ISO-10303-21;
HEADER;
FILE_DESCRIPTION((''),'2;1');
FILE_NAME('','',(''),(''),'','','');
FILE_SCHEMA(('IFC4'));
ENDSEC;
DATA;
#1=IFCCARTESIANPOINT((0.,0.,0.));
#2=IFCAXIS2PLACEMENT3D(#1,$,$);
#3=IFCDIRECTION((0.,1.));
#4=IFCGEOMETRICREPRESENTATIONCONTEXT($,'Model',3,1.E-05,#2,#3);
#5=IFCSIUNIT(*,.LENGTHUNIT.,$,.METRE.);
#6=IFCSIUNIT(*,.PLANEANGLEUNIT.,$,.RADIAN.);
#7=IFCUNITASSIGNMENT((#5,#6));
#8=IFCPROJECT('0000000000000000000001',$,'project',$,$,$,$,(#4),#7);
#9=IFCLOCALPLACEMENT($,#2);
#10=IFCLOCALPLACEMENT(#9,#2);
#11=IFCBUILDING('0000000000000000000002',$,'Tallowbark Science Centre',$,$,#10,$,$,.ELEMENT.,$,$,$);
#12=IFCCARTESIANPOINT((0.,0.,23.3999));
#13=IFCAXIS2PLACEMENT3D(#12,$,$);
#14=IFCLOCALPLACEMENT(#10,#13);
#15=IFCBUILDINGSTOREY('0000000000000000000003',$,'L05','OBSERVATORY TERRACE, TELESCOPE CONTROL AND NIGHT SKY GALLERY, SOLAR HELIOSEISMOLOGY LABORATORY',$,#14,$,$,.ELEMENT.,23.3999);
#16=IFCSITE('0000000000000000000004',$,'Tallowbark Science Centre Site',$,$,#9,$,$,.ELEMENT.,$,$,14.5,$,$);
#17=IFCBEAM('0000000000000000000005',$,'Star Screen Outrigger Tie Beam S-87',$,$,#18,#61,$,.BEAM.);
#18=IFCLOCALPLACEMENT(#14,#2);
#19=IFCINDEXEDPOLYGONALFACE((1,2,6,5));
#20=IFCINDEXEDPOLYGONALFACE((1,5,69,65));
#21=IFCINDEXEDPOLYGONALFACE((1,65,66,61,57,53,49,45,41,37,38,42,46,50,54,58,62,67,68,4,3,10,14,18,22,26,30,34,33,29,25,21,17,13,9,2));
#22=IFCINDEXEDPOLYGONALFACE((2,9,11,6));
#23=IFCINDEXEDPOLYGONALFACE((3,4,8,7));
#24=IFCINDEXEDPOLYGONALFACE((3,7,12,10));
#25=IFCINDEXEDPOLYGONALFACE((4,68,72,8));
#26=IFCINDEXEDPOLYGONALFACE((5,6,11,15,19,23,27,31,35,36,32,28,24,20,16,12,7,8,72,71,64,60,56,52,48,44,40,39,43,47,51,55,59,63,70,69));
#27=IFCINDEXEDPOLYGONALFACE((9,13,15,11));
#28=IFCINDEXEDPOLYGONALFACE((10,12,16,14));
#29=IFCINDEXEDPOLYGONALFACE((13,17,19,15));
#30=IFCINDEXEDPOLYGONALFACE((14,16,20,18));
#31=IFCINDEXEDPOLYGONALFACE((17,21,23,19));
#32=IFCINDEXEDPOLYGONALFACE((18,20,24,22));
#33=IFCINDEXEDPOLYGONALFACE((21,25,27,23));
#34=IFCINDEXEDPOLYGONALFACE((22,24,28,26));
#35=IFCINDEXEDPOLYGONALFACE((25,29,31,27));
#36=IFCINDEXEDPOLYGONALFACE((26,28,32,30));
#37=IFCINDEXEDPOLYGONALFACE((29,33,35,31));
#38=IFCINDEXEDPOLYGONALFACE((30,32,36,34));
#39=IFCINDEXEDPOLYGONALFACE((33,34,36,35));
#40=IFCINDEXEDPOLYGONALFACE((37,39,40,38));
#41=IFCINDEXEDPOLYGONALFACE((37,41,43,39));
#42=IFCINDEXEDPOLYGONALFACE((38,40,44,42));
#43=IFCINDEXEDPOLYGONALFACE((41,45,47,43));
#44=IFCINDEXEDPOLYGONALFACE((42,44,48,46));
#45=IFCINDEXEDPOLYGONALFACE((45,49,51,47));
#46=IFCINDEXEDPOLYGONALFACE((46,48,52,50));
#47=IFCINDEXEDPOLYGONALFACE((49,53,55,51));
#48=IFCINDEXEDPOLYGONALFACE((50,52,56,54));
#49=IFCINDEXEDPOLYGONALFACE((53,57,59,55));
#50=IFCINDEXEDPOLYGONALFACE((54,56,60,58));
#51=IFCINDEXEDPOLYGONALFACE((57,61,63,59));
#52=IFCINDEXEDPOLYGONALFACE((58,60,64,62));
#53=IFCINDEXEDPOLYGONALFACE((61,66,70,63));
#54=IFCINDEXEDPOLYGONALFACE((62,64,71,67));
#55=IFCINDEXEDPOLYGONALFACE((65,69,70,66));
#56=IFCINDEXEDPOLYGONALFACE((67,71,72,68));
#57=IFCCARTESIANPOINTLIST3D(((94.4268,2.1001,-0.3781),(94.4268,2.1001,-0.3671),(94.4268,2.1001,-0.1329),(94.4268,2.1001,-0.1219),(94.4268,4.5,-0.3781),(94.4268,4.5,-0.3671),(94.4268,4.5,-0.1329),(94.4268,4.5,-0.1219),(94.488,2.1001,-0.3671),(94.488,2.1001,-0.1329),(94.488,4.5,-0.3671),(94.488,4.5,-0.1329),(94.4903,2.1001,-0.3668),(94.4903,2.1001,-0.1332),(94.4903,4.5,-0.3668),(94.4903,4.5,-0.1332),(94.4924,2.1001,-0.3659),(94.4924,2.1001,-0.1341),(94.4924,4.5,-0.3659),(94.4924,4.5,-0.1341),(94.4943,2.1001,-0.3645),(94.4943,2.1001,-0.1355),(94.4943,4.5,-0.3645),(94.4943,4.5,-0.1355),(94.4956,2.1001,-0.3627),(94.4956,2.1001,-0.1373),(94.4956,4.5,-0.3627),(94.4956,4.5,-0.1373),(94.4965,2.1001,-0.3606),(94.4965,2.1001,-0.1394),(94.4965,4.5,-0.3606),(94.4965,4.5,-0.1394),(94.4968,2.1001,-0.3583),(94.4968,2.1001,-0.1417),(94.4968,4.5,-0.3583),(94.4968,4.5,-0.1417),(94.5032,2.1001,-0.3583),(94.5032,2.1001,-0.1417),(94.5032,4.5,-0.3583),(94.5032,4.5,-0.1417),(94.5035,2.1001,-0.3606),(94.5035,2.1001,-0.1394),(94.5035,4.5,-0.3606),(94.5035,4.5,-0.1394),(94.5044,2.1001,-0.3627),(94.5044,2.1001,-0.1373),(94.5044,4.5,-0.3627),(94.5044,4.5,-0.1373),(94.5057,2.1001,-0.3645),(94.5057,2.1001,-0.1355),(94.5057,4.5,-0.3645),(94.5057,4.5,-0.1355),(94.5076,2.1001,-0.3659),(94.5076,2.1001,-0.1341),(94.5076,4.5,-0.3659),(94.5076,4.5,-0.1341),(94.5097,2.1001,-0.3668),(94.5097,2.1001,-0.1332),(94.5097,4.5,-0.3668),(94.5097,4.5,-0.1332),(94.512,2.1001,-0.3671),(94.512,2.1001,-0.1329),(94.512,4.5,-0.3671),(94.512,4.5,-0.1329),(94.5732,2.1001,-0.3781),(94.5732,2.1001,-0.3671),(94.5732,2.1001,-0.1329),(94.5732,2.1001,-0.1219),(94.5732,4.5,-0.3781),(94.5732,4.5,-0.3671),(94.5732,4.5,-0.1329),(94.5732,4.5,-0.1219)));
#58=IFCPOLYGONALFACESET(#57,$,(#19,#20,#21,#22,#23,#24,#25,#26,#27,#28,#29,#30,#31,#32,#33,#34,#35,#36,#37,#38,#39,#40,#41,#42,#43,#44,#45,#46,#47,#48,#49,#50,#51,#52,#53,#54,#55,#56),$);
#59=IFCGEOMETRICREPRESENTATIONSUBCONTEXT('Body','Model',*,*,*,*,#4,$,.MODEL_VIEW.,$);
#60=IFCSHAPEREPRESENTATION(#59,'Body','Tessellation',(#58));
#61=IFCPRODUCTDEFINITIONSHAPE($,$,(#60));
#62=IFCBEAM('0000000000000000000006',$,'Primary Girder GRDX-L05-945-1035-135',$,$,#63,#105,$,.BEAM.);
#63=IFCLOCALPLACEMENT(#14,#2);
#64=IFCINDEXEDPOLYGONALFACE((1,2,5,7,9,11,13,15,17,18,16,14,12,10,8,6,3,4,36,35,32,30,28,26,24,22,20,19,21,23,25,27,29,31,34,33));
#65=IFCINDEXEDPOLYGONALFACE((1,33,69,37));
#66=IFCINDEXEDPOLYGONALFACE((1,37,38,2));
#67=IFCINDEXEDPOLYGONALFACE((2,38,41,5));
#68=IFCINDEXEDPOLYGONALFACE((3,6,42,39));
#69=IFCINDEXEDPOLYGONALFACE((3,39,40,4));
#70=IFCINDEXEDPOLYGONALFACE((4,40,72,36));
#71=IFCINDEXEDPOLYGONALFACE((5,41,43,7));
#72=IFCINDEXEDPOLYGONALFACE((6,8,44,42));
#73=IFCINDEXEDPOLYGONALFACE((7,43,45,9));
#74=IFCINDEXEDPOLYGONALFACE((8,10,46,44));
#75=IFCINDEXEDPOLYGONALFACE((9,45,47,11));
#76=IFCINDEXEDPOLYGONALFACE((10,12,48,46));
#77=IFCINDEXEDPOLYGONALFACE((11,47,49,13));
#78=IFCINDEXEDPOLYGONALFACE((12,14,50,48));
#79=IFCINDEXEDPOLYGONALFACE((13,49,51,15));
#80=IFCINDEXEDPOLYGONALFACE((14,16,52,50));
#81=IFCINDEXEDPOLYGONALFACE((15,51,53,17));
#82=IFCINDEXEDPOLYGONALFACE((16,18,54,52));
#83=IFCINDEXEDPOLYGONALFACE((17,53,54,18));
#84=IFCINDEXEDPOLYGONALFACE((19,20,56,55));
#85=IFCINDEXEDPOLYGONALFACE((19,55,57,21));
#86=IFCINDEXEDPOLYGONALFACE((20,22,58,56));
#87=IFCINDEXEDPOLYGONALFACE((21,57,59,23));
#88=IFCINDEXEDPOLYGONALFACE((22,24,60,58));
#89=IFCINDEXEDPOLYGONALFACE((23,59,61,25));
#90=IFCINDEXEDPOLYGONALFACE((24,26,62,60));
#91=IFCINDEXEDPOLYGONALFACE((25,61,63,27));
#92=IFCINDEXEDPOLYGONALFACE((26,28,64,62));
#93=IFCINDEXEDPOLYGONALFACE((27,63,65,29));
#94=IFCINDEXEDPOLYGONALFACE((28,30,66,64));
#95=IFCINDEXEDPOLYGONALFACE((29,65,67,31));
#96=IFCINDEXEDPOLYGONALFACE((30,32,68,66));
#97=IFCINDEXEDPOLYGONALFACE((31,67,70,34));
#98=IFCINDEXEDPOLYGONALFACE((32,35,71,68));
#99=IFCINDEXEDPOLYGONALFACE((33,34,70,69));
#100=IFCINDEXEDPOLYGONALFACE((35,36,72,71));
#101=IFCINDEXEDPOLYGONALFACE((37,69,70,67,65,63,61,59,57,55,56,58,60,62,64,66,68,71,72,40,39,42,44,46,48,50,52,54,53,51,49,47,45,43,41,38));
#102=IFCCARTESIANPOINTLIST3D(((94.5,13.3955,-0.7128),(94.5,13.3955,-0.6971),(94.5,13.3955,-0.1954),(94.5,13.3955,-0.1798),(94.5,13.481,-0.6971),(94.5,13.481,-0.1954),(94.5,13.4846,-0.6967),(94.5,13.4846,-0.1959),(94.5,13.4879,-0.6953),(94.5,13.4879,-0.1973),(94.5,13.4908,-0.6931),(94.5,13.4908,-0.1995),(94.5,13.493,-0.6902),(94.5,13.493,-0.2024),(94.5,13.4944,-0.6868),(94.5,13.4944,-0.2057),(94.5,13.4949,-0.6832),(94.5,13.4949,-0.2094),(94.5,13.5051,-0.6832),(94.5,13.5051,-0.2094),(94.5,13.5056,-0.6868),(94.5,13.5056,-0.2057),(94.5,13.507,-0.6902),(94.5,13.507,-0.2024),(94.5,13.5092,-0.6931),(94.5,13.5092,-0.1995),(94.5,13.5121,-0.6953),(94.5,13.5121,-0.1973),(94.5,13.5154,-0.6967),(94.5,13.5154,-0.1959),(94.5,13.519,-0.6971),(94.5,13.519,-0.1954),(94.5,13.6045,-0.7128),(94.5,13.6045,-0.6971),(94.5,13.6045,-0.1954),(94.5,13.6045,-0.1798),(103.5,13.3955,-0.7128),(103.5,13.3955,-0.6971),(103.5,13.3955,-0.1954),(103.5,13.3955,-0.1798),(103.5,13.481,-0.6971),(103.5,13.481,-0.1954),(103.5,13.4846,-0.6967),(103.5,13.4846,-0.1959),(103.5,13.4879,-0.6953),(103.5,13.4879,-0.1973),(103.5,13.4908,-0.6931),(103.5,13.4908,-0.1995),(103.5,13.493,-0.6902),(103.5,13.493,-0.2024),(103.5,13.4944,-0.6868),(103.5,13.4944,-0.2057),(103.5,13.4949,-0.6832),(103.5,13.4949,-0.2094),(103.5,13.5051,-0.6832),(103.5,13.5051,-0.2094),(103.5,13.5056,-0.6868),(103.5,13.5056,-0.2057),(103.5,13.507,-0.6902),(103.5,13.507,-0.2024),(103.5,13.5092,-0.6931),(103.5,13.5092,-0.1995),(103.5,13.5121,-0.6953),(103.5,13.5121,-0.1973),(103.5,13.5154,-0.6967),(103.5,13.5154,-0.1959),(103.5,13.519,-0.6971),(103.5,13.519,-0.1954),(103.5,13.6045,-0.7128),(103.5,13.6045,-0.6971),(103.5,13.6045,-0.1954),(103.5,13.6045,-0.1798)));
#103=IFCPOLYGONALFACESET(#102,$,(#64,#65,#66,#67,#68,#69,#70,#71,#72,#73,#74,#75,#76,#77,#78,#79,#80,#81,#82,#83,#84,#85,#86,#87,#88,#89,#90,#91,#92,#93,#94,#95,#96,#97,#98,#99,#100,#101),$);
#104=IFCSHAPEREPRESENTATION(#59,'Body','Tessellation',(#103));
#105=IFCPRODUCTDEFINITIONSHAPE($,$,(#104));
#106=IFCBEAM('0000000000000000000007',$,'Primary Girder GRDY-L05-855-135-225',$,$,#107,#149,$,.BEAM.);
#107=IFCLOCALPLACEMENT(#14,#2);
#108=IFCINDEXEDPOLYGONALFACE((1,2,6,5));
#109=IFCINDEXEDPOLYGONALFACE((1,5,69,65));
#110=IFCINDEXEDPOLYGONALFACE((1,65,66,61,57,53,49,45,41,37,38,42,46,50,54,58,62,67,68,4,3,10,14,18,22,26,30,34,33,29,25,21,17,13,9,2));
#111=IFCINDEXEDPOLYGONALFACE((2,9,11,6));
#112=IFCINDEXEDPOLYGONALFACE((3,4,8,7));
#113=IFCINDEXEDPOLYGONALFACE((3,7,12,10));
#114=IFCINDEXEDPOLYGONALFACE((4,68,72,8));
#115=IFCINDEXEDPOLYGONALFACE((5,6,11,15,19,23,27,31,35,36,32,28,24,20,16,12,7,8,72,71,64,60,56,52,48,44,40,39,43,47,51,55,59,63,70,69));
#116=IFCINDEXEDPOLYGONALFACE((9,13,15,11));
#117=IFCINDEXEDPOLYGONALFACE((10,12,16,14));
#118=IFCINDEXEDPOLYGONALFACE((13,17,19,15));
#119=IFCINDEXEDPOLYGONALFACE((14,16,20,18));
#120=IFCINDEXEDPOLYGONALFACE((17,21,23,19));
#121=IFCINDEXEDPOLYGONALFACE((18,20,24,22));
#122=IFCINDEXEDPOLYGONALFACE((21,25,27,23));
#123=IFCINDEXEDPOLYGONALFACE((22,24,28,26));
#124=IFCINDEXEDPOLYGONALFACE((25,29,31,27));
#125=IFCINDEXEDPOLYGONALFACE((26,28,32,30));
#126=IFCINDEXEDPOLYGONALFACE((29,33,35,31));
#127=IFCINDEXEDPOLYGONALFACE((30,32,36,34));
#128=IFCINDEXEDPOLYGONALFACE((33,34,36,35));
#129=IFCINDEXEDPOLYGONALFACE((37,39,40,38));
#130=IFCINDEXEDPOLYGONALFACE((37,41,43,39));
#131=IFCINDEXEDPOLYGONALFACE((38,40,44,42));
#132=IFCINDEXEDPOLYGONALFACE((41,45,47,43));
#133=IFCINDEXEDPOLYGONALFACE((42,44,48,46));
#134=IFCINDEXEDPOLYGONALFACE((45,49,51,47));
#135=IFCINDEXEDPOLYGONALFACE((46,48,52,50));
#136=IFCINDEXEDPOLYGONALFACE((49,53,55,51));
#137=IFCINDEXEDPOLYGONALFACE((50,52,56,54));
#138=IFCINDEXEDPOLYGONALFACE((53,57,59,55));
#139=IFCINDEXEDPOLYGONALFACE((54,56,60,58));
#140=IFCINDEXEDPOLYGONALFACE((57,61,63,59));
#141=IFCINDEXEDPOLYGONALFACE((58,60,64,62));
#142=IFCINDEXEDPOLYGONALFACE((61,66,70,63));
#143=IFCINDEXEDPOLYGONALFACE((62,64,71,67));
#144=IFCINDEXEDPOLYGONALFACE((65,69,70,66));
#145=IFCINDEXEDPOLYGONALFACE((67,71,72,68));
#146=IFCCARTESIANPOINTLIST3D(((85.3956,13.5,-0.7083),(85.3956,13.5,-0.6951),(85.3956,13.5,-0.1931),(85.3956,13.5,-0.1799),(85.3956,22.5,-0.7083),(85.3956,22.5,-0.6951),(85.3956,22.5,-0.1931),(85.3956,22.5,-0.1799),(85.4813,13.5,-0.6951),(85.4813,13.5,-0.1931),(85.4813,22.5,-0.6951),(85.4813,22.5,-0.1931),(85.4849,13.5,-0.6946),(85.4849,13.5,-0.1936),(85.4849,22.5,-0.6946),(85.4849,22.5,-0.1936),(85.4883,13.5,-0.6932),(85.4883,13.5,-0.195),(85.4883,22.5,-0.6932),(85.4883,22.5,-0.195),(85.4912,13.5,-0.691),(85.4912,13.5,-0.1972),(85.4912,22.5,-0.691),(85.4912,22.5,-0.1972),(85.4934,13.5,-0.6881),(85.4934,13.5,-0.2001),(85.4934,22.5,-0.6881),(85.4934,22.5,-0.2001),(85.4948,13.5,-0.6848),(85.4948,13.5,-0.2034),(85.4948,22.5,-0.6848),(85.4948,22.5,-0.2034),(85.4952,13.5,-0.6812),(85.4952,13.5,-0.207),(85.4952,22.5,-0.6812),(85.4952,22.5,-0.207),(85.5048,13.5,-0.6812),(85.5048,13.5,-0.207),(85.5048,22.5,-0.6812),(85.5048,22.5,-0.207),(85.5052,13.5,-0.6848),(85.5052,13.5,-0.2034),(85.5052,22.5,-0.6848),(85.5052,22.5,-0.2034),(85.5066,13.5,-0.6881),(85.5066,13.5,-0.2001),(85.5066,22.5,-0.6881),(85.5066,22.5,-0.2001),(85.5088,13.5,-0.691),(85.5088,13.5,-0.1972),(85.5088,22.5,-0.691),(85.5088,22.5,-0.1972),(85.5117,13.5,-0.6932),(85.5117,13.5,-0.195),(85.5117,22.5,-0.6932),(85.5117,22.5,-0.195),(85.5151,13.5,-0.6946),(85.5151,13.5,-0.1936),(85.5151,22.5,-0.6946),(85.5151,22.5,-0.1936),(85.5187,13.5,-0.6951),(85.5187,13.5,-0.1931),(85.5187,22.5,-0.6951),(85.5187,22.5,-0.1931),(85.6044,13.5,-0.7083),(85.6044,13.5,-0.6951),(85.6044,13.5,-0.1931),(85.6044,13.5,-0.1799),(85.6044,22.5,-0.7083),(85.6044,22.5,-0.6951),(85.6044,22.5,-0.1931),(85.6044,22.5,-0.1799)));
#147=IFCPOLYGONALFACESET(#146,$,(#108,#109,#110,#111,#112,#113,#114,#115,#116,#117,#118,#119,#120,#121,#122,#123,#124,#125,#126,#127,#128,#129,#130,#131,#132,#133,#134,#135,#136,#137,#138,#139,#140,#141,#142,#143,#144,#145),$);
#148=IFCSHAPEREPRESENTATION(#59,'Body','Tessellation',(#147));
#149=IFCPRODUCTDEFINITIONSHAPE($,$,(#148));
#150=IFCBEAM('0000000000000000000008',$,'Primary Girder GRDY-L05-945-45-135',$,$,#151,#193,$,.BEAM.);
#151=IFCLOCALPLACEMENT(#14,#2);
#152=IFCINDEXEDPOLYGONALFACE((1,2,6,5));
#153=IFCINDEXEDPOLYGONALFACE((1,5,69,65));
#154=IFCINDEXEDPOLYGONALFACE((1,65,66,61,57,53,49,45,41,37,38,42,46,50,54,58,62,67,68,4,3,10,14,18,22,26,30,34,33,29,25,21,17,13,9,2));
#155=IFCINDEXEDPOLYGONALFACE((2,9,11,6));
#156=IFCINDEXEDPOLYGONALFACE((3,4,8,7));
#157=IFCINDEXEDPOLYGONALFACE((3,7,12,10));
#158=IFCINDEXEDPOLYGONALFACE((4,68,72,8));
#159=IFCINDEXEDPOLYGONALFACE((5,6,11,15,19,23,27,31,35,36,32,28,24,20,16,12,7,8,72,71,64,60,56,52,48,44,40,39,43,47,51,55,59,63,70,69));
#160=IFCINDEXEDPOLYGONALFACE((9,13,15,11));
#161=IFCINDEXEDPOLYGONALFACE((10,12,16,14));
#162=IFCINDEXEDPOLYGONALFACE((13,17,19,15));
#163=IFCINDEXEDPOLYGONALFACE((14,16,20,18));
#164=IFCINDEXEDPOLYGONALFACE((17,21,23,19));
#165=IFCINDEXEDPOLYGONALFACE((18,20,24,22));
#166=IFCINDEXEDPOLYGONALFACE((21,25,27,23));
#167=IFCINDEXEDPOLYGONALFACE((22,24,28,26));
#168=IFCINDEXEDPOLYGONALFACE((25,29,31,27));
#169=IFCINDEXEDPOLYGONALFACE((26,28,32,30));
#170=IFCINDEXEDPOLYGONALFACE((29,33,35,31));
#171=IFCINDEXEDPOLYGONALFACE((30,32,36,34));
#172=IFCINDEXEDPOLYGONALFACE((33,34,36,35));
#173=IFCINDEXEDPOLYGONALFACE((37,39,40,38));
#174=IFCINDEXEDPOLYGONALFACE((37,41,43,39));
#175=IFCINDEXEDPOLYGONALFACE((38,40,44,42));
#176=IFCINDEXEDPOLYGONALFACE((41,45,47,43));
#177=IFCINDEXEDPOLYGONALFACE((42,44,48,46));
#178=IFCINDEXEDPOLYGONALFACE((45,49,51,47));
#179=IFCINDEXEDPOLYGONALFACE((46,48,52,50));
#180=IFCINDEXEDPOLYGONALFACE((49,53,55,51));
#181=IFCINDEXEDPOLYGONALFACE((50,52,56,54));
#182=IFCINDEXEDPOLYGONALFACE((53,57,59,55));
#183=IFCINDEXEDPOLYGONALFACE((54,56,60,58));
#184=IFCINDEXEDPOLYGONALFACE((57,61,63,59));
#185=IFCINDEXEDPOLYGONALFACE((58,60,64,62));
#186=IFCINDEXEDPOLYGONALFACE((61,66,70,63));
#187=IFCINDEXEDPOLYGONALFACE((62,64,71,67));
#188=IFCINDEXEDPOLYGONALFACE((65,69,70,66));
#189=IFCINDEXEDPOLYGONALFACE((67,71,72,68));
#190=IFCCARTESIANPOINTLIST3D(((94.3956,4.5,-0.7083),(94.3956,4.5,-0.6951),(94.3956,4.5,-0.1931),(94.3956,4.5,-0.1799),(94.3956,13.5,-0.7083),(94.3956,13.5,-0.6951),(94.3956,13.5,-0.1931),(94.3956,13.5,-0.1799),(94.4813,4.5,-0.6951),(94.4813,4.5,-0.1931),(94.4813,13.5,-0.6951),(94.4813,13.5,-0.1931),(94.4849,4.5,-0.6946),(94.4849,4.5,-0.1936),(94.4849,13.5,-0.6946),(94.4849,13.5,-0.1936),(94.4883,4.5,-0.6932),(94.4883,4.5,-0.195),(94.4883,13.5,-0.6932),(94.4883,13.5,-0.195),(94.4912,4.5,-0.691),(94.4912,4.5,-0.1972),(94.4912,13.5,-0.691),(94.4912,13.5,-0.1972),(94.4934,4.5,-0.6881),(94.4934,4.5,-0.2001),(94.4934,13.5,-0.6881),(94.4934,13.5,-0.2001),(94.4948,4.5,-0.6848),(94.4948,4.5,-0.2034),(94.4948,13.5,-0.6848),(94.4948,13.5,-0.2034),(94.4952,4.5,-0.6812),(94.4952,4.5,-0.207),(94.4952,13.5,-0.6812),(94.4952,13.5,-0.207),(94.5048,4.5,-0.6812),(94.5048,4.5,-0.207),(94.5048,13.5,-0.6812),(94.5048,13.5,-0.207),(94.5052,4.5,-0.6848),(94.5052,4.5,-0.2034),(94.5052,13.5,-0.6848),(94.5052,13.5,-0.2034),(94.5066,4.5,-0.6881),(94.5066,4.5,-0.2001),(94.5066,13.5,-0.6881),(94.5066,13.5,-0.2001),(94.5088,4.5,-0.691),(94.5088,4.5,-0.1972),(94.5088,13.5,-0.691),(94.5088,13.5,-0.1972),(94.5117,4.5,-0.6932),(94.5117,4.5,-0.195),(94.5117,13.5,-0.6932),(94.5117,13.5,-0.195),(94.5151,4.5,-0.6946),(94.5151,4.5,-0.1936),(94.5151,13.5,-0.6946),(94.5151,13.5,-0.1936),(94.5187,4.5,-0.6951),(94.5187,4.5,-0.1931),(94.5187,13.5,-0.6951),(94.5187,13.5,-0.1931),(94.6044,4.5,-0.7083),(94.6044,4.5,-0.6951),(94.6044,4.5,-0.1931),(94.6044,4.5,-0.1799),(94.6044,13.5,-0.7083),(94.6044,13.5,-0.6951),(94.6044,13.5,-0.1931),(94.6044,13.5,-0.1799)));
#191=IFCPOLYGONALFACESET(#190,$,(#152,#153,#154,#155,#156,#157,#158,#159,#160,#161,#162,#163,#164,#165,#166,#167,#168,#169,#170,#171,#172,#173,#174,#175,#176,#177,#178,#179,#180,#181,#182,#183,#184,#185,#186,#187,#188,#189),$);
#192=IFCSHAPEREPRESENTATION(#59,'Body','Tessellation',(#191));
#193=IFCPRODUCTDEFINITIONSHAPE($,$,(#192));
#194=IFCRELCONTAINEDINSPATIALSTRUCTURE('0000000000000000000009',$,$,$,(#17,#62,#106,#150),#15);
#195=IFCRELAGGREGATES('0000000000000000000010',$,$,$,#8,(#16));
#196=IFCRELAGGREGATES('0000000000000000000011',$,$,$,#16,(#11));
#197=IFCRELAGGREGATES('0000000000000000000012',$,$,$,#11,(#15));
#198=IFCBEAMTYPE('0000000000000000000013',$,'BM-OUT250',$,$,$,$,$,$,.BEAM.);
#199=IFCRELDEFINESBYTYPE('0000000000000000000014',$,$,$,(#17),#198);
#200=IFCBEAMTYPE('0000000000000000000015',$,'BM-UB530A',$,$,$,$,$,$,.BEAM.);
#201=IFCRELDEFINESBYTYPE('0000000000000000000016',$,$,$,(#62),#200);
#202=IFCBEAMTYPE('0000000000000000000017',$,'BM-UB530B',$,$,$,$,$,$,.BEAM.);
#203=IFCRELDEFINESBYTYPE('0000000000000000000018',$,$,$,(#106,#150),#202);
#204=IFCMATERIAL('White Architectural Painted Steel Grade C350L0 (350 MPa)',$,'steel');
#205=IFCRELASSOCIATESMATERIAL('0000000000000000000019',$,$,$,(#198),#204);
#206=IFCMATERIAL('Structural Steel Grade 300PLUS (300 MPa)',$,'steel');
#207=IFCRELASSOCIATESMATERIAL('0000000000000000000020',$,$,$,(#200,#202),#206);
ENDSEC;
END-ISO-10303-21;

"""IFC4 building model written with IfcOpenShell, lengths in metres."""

from ifc_helpers import new_model, si_unit, direction, frame, origin, origin_2d, place, context, subcontext, project, spatial, i_section, extrude, material, material_profile, profile_set, type_object, element, save


model = new_model("IFC4")

# Units and contexts
model_context = context("Model", 3, precision=1e-05, world=origin(), true_north=direction((0.0, 1.0)))
body_context = subcontext(model_context, "Body", "Model", "MODEL_VIEW")
ifc_project = project(units=[si_unit("LENGTHUNIT", "METRE"), si_unit("PLANEANGLEUNIT", "RADIAN")], contexts=[model_context])

# Site, building, storey
site_placement = place(None, origin())
site = spatial("IfcSite", under=ifc_project, at=site_placement, Name="Tallowbark Science Centre Site", CompositionType="ELEMENT", RefElevation=14.5)
building_placement = place(site_placement, origin())
building = spatial("IfcBuilding", under=site, at=building_placement, Name="Tallowbark Science Centre", CompositionType="ELEMENT")
storey_placement = place(building_placement, frame((0.0, 0.0, 23.3999)))
storey = spatial("IfcBuildingStorey", under=building, at=storey_placement, Name="L05", Description="OBSERVATORY TERRACE, TELESCOPE CONTROL AND NIGHT SKY GALLERY, SOLAR HELIOSEISMOLOGY LABORATORY", CompositionType="ELEMENT", Elevation=23.3999)

# Shared definitions
ifc_material_1 = material(Name="White Architectural Painted Steel Grade C350L0 (350 MPa)", Category="steel")
ifc_material_2 = material(Name="Structural Steel Grade 300PLUS (300 MPa)", Category="steel")

# Beams
ifc_material_profile_1 = material_profile(ifc_material_1, i_section(OverallWidth=0.1465, OverallDepth=0.2561, WebThickness=0.0063, FlangeThickness=0.011, FilletRadius=0.0088, at=origin_2d()), Name="250UB37.3")
ifc_profile_set_1 = profile_set([ifc_material_profile_1], Name="White Architectural Painted Steel Grade C350L0 (350 MPa)")
beam_type_1 = type_object("IfcBeamType", Name="BM-OUT250", PredefinedType="BEAM", material=ifc_profile_set_1)
beam_1_placement = place(storey_placement, frame((94.5, 4.5, -0.25), z_axis=(0.0, -1.0, 0.0), x_axis=(1.0, 0.0, 0.0)))
element("IfcBeam", 1, at=beam_1_placement, inside=storey, type_object=beam_type_1, Name="Star Screen Outrigger Tie Beam S-87", PredefinedType="BEAM", context=body_context, shape_type="SweptSolid", body=[
    extrude(i_section(OverallWidth=0.1465, OverallDepth=0.2561, WebThickness=0.0063, FlangeThickness=0.011, FilletRadius=0.0088, at=origin_2d()), origin(), (0.0, 0.0, 1.0), 2.3999),
])
ifc_material_profile_2 = material_profile(ifc_material_2, i_section(OverallWidth=0.209, OverallDepth=0.533, WebThickness=0.0103, FlangeThickness=0.0156, FilletRadius=0.0139, at=origin_2d()), Name="530UB92.4")
ifc_profile_set_2 = profile_set([ifc_material_profile_2], Name="Structural Steel Grade 300PLUS (300 MPa)")
beam_type_2 = type_object("IfcBeamType", Name="BM-UB530A", PredefinedType="BEAM", material=ifc_profile_set_2)
beam_2_placement = place(storey_placement, frame((94.5, 13.5, -0.4463), z_axis=(1.0, 0.0, 0.0), x_axis=(0.0, 1.0, 0.0)))
element("IfcBeam", 2, at=beam_2_placement, inside=storey, type_object=beam_type_2, Name="Primary Girder GRDX-L05-945-1035-135", PredefinedType="BEAM", context=body_context, shape_type="SweptSolid", body=[
    extrude(i_section(OverallWidth=0.209, OverallDepth=0.533, WebThickness=0.0103, FlangeThickness=0.0156, FilletRadius=0.0139, at=origin_2d()), origin(), (0.0, 0.0, 1.0), 9.0),
])
ifc_material_profile_3 = material_profile(ifc_material_2, i_section(OverallWidth=0.2087, OverallDepth=0.5283, WebThickness=0.0095, FlangeThickness=0.0132, FilletRadius=0.0139, at=origin_2d()), Name="530UB82.0")
ifc_profile_set_3 = profile_set([ifc_material_profile_3], Name="Structural Steel Grade 300PLUS (300 MPa)")
beam_type_3 = type_object("IfcBeamType", Name="BM-UB530B", PredefinedType="BEAM", material=ifc_profile_set_3)
for number, where, z_axis, x_axis, name in (
    (3, (85.5, 13.5, -0.4441), (0.0, 1.0, 0.0), (-1.0, 0.0, 0.0), "Primary Girder GRDY-L05-855-135-225"),
    (4, (94.5, 4.5, -0.4441), (0.0, 1.0, 0.0), (-1.0, 0.0, 0.0), "Primary Girder GRDY-L05-945-45-135"),
):
    element("IfcBeam", number, at=place(storey_placement, frame(where, z_axis=z_axis, x_axis=x_axis)), inside=storey, type_object=beam_type_3, Name=name, PredefinedType="BEAM", context=body_context, shape_type="SweptSolid", body=[
        extrude(i_section(OverallWidth=0.2087, OverallDepth=0.5283, WebThickness=0.0095, FlangeThickness=0.0132, FilletRadius=0.0139, at=origin_2d()), origin(), (0.0, 0.0, 1.0), 9.0),
    ])

save(model, "model.ifc")
